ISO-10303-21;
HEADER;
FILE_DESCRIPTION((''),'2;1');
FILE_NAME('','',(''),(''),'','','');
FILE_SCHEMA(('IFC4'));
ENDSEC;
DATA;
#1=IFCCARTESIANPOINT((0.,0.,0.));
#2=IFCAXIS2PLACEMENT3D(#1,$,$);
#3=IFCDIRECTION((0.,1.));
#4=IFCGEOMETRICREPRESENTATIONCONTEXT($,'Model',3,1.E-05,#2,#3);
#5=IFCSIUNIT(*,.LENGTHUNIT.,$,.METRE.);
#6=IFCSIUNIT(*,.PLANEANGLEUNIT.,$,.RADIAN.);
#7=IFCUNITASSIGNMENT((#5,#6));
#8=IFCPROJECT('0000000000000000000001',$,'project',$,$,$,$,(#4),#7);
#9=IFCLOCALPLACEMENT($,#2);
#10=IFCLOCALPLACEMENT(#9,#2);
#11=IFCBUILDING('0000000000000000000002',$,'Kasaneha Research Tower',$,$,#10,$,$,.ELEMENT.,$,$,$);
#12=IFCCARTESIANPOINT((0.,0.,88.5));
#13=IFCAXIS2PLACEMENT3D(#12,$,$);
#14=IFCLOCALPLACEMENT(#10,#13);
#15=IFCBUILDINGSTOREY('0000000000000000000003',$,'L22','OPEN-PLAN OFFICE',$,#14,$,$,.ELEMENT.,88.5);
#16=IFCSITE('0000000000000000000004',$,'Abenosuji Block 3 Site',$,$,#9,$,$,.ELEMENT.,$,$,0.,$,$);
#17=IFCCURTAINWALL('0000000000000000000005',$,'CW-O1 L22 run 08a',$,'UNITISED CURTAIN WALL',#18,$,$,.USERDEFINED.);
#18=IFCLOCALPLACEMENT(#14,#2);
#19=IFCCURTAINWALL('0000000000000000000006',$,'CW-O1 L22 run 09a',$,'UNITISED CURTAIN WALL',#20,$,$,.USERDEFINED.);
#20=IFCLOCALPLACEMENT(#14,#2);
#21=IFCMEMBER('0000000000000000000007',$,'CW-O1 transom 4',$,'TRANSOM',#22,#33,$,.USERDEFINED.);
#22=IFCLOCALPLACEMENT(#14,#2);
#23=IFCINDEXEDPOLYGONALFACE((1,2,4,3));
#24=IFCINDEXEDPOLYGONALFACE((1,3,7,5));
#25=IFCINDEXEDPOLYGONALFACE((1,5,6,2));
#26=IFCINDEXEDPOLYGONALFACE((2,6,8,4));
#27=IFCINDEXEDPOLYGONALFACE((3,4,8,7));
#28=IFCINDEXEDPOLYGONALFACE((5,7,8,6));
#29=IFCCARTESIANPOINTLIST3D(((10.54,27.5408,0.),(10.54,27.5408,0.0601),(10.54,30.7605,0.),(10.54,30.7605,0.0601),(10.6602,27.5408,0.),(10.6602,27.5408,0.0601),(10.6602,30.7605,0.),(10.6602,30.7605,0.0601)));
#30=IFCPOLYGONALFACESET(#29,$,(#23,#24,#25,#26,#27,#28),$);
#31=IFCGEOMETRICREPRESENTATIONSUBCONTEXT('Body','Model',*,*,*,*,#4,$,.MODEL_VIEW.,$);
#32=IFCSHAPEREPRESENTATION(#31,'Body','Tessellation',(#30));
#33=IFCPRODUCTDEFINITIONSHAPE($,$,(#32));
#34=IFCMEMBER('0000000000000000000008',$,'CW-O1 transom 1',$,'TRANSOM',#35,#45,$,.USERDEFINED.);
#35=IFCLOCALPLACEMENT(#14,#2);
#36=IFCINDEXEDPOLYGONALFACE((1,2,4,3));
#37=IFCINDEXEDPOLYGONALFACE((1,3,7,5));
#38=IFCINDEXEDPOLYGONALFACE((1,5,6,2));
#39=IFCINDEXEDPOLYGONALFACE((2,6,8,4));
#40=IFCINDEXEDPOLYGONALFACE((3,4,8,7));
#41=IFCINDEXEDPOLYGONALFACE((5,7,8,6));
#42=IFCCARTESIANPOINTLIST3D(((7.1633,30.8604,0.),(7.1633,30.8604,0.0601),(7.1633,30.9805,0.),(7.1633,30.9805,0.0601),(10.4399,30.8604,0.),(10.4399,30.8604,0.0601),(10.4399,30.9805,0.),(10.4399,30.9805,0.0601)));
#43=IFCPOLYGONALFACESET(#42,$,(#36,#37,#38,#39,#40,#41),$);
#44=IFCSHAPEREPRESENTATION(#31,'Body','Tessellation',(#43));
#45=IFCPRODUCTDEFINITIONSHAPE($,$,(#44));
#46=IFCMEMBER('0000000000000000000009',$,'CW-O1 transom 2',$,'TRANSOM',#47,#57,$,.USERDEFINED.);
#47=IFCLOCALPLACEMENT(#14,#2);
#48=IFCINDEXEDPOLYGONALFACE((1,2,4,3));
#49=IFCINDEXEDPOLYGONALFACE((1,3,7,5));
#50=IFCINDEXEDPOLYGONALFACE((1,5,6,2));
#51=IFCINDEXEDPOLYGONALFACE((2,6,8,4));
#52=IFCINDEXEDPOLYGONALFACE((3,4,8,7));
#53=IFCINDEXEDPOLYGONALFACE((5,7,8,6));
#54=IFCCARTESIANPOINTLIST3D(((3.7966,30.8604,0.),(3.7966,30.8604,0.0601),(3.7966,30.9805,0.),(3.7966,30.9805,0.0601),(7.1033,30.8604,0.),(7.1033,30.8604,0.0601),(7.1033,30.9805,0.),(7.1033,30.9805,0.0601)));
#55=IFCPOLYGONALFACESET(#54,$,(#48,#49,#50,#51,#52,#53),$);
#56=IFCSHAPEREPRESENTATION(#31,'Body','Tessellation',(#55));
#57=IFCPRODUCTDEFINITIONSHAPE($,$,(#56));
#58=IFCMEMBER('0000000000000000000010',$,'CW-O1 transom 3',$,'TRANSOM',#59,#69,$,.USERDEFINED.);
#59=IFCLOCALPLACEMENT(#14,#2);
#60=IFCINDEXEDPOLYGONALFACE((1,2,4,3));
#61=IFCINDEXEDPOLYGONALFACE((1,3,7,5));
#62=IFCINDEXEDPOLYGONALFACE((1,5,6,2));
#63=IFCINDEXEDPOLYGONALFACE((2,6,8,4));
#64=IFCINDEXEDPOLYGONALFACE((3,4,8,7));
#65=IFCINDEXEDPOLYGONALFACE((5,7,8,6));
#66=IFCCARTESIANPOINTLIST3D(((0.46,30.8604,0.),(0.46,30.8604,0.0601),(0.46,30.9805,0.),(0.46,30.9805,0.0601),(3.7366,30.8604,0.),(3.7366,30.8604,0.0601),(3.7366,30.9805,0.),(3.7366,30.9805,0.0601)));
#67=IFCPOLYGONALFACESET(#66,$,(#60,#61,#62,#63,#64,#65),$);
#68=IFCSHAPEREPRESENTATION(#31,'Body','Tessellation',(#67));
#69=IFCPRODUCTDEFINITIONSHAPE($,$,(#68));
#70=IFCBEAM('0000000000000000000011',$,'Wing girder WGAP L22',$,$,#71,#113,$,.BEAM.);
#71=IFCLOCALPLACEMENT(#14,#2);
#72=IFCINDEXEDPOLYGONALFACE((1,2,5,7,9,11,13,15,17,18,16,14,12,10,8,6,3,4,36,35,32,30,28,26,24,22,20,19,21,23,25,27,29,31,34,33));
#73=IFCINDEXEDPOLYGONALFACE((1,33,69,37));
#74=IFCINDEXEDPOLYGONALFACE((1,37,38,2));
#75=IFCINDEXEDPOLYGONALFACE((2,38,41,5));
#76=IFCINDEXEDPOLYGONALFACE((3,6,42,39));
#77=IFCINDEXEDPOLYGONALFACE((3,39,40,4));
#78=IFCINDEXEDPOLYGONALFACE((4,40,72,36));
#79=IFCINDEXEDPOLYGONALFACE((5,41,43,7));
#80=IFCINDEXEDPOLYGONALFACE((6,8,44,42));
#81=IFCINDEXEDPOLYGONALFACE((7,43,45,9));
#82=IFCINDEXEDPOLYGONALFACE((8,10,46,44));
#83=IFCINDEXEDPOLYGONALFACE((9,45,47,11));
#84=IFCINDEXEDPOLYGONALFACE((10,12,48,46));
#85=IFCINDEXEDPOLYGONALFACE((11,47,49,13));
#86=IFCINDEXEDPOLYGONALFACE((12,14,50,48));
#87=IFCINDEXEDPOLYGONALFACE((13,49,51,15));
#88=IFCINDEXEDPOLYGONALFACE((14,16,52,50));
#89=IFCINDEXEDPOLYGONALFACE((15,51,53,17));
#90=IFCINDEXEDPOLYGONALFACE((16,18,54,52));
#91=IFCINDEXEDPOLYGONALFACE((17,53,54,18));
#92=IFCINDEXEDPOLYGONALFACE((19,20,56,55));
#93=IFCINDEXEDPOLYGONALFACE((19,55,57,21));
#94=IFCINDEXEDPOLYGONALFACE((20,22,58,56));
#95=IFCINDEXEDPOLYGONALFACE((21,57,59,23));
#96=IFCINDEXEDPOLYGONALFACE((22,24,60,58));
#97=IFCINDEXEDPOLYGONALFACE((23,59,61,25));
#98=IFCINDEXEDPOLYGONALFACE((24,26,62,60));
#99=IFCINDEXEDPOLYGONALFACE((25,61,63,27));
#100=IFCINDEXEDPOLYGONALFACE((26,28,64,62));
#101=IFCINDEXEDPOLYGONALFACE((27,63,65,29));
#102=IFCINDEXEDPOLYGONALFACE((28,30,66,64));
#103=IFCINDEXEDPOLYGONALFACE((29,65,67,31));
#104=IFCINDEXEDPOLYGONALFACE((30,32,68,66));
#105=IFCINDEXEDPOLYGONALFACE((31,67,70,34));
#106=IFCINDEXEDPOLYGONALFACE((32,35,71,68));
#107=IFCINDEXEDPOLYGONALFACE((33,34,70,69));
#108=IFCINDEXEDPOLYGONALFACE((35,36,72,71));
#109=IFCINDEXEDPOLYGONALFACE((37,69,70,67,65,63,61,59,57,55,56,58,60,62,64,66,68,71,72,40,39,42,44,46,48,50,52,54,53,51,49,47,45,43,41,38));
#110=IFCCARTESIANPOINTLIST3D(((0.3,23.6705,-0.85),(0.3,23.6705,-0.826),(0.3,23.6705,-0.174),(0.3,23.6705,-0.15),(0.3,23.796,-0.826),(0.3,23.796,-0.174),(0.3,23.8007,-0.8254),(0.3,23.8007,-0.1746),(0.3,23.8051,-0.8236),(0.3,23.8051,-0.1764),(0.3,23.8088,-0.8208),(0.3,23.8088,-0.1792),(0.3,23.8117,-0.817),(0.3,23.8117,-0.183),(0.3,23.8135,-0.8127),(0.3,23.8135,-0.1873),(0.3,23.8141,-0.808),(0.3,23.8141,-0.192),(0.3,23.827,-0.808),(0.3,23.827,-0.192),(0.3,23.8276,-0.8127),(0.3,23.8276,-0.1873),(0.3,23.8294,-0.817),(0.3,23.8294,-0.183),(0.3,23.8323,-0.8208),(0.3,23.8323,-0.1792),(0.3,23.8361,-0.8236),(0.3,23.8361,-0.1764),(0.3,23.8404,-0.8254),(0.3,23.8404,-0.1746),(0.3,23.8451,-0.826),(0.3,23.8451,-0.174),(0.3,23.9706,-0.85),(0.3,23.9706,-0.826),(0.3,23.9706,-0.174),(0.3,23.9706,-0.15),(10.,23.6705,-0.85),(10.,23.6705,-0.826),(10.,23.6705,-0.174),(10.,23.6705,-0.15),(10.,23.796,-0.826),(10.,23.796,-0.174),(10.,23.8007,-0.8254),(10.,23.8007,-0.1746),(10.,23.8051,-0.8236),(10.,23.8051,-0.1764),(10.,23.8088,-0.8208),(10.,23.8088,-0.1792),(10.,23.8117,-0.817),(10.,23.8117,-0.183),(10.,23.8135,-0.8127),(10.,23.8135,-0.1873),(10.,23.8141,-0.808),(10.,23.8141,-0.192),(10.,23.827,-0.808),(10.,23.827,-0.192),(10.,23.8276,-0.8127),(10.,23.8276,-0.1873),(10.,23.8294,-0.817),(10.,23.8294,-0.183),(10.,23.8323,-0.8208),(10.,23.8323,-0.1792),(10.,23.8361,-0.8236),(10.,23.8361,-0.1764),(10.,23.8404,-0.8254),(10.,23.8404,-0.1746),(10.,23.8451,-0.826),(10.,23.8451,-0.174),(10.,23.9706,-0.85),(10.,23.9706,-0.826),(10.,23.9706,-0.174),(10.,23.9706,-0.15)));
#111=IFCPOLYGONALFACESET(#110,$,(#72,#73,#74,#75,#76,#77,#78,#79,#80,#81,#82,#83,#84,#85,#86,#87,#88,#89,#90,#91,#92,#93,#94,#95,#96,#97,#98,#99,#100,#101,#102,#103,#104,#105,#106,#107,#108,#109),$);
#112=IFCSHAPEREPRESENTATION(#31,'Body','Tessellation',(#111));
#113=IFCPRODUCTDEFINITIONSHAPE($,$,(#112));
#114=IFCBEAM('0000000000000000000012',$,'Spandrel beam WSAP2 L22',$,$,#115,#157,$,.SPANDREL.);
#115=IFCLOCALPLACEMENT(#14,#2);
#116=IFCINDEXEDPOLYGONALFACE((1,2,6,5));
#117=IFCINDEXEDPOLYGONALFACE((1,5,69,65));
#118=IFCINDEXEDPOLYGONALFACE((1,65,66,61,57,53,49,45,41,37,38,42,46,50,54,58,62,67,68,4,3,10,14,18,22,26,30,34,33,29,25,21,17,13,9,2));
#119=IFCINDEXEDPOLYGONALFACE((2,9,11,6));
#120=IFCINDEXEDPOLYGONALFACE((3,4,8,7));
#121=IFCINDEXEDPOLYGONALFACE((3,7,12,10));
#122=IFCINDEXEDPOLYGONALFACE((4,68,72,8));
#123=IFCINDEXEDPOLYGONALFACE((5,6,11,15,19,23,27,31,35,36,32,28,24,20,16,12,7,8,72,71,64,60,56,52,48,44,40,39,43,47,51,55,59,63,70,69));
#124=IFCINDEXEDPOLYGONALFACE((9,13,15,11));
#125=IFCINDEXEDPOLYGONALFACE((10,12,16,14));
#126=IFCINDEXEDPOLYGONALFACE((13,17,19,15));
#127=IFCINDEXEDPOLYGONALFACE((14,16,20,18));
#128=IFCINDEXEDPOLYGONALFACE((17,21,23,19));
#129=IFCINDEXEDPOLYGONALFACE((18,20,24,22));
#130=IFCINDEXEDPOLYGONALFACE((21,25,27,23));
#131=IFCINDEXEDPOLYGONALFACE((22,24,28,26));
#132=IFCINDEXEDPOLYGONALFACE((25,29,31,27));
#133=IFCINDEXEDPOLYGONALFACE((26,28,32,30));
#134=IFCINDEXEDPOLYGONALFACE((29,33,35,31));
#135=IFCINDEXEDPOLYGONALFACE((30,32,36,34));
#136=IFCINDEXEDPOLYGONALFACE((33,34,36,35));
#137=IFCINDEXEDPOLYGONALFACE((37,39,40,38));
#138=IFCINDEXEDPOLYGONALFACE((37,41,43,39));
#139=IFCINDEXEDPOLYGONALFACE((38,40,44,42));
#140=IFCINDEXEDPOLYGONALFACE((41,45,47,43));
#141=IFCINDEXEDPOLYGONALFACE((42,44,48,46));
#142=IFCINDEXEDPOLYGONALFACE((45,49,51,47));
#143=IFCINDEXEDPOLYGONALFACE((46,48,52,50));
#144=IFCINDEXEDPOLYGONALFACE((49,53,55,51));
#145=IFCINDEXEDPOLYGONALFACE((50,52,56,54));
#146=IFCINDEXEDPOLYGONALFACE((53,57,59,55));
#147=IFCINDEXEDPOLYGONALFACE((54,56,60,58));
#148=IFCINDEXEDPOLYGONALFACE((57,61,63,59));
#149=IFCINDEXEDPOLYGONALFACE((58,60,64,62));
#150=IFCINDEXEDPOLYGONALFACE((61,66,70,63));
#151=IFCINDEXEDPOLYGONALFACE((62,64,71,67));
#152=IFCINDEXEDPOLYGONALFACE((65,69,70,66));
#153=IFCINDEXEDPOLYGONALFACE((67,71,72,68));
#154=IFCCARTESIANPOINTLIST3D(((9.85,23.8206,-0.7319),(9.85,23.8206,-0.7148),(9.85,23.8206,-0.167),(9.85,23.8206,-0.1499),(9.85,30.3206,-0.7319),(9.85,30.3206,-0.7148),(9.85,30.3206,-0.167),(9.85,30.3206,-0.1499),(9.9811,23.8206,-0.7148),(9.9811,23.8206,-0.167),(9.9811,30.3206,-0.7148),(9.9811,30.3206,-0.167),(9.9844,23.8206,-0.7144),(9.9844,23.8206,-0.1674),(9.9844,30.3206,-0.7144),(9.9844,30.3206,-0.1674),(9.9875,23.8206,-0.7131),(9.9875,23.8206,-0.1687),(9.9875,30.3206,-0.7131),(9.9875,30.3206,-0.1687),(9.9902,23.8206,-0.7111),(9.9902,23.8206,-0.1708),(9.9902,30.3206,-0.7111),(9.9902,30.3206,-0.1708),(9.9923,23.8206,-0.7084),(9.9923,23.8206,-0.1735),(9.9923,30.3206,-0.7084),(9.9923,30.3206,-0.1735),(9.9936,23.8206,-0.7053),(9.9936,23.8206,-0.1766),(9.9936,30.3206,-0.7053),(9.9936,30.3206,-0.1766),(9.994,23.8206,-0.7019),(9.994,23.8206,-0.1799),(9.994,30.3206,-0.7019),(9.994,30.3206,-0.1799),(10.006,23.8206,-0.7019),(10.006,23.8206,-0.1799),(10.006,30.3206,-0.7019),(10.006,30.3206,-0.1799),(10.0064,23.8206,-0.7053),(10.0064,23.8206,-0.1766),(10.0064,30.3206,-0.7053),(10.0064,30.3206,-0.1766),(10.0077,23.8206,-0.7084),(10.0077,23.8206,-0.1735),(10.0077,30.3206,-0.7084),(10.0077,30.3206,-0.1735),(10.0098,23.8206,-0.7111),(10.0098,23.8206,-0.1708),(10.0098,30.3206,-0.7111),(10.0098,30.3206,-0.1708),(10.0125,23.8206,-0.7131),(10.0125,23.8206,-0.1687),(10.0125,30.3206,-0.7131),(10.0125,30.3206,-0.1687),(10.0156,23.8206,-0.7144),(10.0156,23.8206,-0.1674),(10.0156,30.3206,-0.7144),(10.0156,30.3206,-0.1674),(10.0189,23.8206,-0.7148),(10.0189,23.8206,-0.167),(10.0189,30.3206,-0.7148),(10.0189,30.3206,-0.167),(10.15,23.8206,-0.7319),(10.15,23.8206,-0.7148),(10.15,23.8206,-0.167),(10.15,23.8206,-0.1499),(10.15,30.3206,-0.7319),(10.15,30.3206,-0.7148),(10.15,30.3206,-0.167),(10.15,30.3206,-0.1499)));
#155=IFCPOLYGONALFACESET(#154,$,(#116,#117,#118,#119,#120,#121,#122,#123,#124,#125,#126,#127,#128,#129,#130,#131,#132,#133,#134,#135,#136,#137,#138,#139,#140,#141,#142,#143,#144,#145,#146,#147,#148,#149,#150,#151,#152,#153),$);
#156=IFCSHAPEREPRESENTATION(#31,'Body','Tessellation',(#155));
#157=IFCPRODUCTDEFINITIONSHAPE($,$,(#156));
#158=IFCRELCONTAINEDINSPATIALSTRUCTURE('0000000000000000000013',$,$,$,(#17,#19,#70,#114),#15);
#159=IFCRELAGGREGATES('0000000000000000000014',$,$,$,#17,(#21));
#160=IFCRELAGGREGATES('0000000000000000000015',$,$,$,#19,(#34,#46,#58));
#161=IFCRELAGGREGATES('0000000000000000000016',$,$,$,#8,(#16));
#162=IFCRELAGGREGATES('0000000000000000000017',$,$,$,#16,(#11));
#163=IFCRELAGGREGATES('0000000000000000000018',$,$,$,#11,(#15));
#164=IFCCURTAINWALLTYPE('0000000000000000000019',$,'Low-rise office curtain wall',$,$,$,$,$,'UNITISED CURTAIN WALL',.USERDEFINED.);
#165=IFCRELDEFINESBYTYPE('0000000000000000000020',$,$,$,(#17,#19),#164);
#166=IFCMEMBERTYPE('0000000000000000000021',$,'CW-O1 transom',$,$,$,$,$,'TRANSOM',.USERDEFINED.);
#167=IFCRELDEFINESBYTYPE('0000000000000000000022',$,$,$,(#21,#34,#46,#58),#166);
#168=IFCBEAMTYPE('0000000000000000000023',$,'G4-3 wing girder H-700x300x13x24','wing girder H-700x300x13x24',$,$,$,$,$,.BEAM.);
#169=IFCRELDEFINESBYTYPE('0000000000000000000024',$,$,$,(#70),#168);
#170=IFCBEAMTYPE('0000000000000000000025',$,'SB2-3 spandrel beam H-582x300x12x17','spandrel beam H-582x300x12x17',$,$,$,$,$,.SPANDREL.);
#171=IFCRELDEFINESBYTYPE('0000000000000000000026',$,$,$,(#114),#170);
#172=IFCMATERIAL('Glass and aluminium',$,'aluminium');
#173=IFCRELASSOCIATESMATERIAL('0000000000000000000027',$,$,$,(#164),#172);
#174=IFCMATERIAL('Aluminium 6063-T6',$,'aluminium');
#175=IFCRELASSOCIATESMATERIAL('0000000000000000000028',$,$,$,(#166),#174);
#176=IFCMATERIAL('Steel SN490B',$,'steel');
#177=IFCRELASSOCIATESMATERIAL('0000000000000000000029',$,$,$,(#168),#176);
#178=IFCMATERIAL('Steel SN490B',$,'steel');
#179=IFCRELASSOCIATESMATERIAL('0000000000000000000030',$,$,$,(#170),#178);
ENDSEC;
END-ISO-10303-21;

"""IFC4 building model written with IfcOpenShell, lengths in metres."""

from ifc_helpers import new_model, si_unit, direction, frame, origin, origin_2d, place, context, subcontext, project, spatial, rectangle, i_section, extrude, material, material_profile, profile_set, type_object, element, aggregate, save


model = new_model("IFC4")

# Units and contexts
model_context = context("Model", 3, precision=1e-05, world=origin(), true_north=direction((0.0, 1.0)))
body_context = subcontext(model_context, "Body", "Model", "MODEL_VIEW")
ifc_project = project(units=[si_unit("LENGTHUNIT", "METRE"), si_unit("PLANEANGLEUNIT", "RADIAN")], contexts=[model_context])

# Site, building, storey
site_placement = place(None, origin())
site = spatial("IfcSite", under=ifc_project, at=site_placement, Name="Abenosuji Block 3 Site", CompositionType="ELEMENT", RefElevation=0.0)
building_placement = place(site_placement, origin())
building = spatial("IfcBuilding", under=site, at=building_placement, Name="Kasaneha Research Tower", CompositionType="ELEMENT")
storey_placement = place(building_placement, frame((0.0, 0.0, 88.5)))
storey = spatial("IfcBuildingStorey", under=building, at=storey_placement, Name="L22", Description="OPEN-PLAN OFFICE", CompositionType="ELEMENT", Elevation=88.5)

# Curtain walls
ifc_material_1 = material(Name="Glass and aluminium", Category="aluminium")
curtain_wall_type = type_object("IfcCurtainWallType", Name="Low-rise office curtain wall", ElementType="UNITISED CURTAIN WALL", PredefinedType="USERDEFINED", material=ifc_material_1)
curtain_wall_1_placement = place(storey_placement, origin())
curtain_wall_1 = element("IfcCurtainWall", 1, at=curtain_wall_1_placement, inside=storey, type_object=curtain_wall_type, Name="CW-O1 L22 run 08a", ObjectType="UNITISED CURTAIN WALL", PredefinedType="USERDEFINED")
curtain_wall_2_placement = place(storey_placement, origin())
curtain_wall_2 = element("IfcCurtainWall", 2, at=curtain_wall_2_placement, inside=storey, type_object=curtain_wall_type, Name="CW-O1 L22 run 09a", ObjectType="UNITISED CURTAIN WALL", PredefinedType="USERDEFINED")

# Members
ifc_material_2 = material(Name="Aluminium 6063-T6", Category="aluminium")
ifc_material_profile_1 = material_profile(ifc_material_2, rectangle(XDim=0.1201, YDim=0.0601, at=origin_2d()), Name="CW-O1 transom 120x60")
ifc_profile_set_1 = profile_set([ifc_material_profile_1], Name="Aluminium 6063-T6")
member_type_1 = type_object("IfcMemberType", Name="CW-O1 transom", ElementType="TRANSOM", PredefinedType="USERDEFINED", material=ifc_profile_set_1)
member_1_placement = place(storey_placement, frame((10.6001, 27.5408, 0.03), z_axis=(0.0, 1.0, 0.0), x_axis=(-1.0, 0.0, 0.0)))
member_1 = element("IfcMember", 3, at=member_1_placement, type_object=member_type_1, Name="CW-O1 transom 4", ObjectType="TRANSOM", PredefinedType="USERDEFINED", context=body_context, shape_type="SweptSolid", body=[
    extrude(rectangle(XDim=0.1201, YDim=0.0601, at=origin_2d()), origin(), (0.0, 0.0, 1.0), 3.2197),
])
member_2_placement = place(storey_placement, frame((10.4399, 30.9204, 0.03), z_axis=(-1.0, 0.0, 0.0), x_axis=(0.0, -1.0, 0.0)))
member_2 = element("IfcMember", 4, at=member_2_placement, type_object=member_type_1, Name="CW-O1 transom 1", ObjectType="TRANSOM", PredefinedType="USERDEFINED", context=body_context, shape_type="SweptSolid", body=[
    extrude(rectangle(XDim=0.1201, YDim=0.0601, at=origin_2d()), origin(), (0.0, 0.0, 1.0), 3.2766),
])
member_3_placement = place(storey_placement, frame((7.1033, 30.9204, 0.03), z_axis=(-1.0, 0.0, 0.0), x_axis=(0.0, -1.0, 0.0)))
member_3 = element("IfcMember", 5, at=member_3_placement, type_object=member_type_1, Name="CW-O1 transom 2", ObjectType="TRANSOM", PredefinedType="USERDEFINED", context=body_context, shape_type="SweptSolid", body=[
    extrude(rectangle(XDim=0.1201, YDim=0.0601, at=origin_2d()), origin(), (0.0, 0.0, 1.0), 3.3066),
])
member_4_placement = place(storey_placement, frame((3.7366, 30.9204, 0.03), z_axis=(-1.0, 0.0, 0.0), x_axis=(0.0, -1.0, 0.0)))
member_4 = element("IfcMember", 6, at=member_4_placement, type_object=member_type_1, Name="CW-O1 transom 3", ObjectType="TRANSOM", PredefinedType="USERDEFINED", context=body_context, shape_type="SweptSolid", body=[
    extrude(rectangle(XDim=0.1201, YDim=0.0601, at=origin_2d()), origin(), (0.0, 0.0, 1.0), 3.2766),
])

# Beams
ifc_material_3 = material(Name="Steel SN490B", Category="steel")
ifc_material_profile_2 = material_profile(ifc_material_3, i_section(OverallWidth=0.3, OverallDepth=0.7, WebThickness=0.0129, FlangeThickness=0.0239, FilletRadius=0.0181, at=origin_2d()), Name="H-700x300x13x24")
ifc_profile_set_2 = profile_set([ifc_material_profile_2], Name="Steel SN490B")
beam_type_1 = type_object("IfcBeamType", Name="G4-3 wing girder H-700x300x13x24", Description="wing girder H-700x300x13x24", PredefinedType="BEAM", material=ifc_profile_set_2)
beam_1_placement = place(storey_placement, frame((10.0, 23.8206, -0.5), z_axis=(-1.0, 0.0, 0.0), x_axis=(0.0, -1.0, 0.0)))
element("IfcBeam", 7, at=beam_1_placement, inside=storey, type_object=beam_type_1, Name="Wing girder WGAP L22", PredefinedType="BEAM", context=body_context, shape_type="SweptSolid", body=[
    extrude(i_section(OverallWidth=0.3, OverallDepth=0.7, WebThickness=0.0129, FlangeThickness=0.0239, FilletRadius=0.0181, at=origin_2d()), origin(), (0.0, 0.0, 1.0), 9.7),
])
ifc_material_4 = material(Name="Steel SN490B", Category="steel")
ifc_material_profile_3 = material_profile(ifc_material_4, i_section(OverallWidth=0.3, OverallDepth=0.582, WebThickness=0.012, FlangeThickness=0.0171, FilletRadius=0.0129, at=origin_2d()), Name="H-582x300x12x17")
ifc_profile_set_3 = profile_set([ifc_material_profile_3], Name="Steel SN490B")
beam_type_2 = type_object("IfcBeamType", Name="SB2-3 spandrel beam H-582x300x12x17", Description="spandrel beam H-582x300x12x17", PredefinedType="SPANDREL", material=ifc_profile_set_3)
beam_2_placement = place(storey_placement, frame((10.0, 23.8206, -0.4409), z_axis=(0.0, 1.0, 0.0), x_axis=(-1.0, 0.0, 0.0)))
element("IfcBeam", 8, at=beam_2_placement, inside=storey, type_object=beam_type_2, Name="Spandrel beam WSAP2 L22", PredefinedType="SPANDREL", context=body_context, shape_type="SweptSolid", body=[
    extrude(i_section(OverallWidth=0.3, OverallDepth=0.582, WebThickness=0.012, FlangeThickness=0.0171, FilletRadius=0.0129, at=origin_2d()), origin(), (0.0, 0.0, 1.0), 6.5),
])

aggregate(curtain_wall_1, [member_1])
aggregate(curtain_wall_2, [member_2, member_3, member_4])

save(model, "model.ifc")
